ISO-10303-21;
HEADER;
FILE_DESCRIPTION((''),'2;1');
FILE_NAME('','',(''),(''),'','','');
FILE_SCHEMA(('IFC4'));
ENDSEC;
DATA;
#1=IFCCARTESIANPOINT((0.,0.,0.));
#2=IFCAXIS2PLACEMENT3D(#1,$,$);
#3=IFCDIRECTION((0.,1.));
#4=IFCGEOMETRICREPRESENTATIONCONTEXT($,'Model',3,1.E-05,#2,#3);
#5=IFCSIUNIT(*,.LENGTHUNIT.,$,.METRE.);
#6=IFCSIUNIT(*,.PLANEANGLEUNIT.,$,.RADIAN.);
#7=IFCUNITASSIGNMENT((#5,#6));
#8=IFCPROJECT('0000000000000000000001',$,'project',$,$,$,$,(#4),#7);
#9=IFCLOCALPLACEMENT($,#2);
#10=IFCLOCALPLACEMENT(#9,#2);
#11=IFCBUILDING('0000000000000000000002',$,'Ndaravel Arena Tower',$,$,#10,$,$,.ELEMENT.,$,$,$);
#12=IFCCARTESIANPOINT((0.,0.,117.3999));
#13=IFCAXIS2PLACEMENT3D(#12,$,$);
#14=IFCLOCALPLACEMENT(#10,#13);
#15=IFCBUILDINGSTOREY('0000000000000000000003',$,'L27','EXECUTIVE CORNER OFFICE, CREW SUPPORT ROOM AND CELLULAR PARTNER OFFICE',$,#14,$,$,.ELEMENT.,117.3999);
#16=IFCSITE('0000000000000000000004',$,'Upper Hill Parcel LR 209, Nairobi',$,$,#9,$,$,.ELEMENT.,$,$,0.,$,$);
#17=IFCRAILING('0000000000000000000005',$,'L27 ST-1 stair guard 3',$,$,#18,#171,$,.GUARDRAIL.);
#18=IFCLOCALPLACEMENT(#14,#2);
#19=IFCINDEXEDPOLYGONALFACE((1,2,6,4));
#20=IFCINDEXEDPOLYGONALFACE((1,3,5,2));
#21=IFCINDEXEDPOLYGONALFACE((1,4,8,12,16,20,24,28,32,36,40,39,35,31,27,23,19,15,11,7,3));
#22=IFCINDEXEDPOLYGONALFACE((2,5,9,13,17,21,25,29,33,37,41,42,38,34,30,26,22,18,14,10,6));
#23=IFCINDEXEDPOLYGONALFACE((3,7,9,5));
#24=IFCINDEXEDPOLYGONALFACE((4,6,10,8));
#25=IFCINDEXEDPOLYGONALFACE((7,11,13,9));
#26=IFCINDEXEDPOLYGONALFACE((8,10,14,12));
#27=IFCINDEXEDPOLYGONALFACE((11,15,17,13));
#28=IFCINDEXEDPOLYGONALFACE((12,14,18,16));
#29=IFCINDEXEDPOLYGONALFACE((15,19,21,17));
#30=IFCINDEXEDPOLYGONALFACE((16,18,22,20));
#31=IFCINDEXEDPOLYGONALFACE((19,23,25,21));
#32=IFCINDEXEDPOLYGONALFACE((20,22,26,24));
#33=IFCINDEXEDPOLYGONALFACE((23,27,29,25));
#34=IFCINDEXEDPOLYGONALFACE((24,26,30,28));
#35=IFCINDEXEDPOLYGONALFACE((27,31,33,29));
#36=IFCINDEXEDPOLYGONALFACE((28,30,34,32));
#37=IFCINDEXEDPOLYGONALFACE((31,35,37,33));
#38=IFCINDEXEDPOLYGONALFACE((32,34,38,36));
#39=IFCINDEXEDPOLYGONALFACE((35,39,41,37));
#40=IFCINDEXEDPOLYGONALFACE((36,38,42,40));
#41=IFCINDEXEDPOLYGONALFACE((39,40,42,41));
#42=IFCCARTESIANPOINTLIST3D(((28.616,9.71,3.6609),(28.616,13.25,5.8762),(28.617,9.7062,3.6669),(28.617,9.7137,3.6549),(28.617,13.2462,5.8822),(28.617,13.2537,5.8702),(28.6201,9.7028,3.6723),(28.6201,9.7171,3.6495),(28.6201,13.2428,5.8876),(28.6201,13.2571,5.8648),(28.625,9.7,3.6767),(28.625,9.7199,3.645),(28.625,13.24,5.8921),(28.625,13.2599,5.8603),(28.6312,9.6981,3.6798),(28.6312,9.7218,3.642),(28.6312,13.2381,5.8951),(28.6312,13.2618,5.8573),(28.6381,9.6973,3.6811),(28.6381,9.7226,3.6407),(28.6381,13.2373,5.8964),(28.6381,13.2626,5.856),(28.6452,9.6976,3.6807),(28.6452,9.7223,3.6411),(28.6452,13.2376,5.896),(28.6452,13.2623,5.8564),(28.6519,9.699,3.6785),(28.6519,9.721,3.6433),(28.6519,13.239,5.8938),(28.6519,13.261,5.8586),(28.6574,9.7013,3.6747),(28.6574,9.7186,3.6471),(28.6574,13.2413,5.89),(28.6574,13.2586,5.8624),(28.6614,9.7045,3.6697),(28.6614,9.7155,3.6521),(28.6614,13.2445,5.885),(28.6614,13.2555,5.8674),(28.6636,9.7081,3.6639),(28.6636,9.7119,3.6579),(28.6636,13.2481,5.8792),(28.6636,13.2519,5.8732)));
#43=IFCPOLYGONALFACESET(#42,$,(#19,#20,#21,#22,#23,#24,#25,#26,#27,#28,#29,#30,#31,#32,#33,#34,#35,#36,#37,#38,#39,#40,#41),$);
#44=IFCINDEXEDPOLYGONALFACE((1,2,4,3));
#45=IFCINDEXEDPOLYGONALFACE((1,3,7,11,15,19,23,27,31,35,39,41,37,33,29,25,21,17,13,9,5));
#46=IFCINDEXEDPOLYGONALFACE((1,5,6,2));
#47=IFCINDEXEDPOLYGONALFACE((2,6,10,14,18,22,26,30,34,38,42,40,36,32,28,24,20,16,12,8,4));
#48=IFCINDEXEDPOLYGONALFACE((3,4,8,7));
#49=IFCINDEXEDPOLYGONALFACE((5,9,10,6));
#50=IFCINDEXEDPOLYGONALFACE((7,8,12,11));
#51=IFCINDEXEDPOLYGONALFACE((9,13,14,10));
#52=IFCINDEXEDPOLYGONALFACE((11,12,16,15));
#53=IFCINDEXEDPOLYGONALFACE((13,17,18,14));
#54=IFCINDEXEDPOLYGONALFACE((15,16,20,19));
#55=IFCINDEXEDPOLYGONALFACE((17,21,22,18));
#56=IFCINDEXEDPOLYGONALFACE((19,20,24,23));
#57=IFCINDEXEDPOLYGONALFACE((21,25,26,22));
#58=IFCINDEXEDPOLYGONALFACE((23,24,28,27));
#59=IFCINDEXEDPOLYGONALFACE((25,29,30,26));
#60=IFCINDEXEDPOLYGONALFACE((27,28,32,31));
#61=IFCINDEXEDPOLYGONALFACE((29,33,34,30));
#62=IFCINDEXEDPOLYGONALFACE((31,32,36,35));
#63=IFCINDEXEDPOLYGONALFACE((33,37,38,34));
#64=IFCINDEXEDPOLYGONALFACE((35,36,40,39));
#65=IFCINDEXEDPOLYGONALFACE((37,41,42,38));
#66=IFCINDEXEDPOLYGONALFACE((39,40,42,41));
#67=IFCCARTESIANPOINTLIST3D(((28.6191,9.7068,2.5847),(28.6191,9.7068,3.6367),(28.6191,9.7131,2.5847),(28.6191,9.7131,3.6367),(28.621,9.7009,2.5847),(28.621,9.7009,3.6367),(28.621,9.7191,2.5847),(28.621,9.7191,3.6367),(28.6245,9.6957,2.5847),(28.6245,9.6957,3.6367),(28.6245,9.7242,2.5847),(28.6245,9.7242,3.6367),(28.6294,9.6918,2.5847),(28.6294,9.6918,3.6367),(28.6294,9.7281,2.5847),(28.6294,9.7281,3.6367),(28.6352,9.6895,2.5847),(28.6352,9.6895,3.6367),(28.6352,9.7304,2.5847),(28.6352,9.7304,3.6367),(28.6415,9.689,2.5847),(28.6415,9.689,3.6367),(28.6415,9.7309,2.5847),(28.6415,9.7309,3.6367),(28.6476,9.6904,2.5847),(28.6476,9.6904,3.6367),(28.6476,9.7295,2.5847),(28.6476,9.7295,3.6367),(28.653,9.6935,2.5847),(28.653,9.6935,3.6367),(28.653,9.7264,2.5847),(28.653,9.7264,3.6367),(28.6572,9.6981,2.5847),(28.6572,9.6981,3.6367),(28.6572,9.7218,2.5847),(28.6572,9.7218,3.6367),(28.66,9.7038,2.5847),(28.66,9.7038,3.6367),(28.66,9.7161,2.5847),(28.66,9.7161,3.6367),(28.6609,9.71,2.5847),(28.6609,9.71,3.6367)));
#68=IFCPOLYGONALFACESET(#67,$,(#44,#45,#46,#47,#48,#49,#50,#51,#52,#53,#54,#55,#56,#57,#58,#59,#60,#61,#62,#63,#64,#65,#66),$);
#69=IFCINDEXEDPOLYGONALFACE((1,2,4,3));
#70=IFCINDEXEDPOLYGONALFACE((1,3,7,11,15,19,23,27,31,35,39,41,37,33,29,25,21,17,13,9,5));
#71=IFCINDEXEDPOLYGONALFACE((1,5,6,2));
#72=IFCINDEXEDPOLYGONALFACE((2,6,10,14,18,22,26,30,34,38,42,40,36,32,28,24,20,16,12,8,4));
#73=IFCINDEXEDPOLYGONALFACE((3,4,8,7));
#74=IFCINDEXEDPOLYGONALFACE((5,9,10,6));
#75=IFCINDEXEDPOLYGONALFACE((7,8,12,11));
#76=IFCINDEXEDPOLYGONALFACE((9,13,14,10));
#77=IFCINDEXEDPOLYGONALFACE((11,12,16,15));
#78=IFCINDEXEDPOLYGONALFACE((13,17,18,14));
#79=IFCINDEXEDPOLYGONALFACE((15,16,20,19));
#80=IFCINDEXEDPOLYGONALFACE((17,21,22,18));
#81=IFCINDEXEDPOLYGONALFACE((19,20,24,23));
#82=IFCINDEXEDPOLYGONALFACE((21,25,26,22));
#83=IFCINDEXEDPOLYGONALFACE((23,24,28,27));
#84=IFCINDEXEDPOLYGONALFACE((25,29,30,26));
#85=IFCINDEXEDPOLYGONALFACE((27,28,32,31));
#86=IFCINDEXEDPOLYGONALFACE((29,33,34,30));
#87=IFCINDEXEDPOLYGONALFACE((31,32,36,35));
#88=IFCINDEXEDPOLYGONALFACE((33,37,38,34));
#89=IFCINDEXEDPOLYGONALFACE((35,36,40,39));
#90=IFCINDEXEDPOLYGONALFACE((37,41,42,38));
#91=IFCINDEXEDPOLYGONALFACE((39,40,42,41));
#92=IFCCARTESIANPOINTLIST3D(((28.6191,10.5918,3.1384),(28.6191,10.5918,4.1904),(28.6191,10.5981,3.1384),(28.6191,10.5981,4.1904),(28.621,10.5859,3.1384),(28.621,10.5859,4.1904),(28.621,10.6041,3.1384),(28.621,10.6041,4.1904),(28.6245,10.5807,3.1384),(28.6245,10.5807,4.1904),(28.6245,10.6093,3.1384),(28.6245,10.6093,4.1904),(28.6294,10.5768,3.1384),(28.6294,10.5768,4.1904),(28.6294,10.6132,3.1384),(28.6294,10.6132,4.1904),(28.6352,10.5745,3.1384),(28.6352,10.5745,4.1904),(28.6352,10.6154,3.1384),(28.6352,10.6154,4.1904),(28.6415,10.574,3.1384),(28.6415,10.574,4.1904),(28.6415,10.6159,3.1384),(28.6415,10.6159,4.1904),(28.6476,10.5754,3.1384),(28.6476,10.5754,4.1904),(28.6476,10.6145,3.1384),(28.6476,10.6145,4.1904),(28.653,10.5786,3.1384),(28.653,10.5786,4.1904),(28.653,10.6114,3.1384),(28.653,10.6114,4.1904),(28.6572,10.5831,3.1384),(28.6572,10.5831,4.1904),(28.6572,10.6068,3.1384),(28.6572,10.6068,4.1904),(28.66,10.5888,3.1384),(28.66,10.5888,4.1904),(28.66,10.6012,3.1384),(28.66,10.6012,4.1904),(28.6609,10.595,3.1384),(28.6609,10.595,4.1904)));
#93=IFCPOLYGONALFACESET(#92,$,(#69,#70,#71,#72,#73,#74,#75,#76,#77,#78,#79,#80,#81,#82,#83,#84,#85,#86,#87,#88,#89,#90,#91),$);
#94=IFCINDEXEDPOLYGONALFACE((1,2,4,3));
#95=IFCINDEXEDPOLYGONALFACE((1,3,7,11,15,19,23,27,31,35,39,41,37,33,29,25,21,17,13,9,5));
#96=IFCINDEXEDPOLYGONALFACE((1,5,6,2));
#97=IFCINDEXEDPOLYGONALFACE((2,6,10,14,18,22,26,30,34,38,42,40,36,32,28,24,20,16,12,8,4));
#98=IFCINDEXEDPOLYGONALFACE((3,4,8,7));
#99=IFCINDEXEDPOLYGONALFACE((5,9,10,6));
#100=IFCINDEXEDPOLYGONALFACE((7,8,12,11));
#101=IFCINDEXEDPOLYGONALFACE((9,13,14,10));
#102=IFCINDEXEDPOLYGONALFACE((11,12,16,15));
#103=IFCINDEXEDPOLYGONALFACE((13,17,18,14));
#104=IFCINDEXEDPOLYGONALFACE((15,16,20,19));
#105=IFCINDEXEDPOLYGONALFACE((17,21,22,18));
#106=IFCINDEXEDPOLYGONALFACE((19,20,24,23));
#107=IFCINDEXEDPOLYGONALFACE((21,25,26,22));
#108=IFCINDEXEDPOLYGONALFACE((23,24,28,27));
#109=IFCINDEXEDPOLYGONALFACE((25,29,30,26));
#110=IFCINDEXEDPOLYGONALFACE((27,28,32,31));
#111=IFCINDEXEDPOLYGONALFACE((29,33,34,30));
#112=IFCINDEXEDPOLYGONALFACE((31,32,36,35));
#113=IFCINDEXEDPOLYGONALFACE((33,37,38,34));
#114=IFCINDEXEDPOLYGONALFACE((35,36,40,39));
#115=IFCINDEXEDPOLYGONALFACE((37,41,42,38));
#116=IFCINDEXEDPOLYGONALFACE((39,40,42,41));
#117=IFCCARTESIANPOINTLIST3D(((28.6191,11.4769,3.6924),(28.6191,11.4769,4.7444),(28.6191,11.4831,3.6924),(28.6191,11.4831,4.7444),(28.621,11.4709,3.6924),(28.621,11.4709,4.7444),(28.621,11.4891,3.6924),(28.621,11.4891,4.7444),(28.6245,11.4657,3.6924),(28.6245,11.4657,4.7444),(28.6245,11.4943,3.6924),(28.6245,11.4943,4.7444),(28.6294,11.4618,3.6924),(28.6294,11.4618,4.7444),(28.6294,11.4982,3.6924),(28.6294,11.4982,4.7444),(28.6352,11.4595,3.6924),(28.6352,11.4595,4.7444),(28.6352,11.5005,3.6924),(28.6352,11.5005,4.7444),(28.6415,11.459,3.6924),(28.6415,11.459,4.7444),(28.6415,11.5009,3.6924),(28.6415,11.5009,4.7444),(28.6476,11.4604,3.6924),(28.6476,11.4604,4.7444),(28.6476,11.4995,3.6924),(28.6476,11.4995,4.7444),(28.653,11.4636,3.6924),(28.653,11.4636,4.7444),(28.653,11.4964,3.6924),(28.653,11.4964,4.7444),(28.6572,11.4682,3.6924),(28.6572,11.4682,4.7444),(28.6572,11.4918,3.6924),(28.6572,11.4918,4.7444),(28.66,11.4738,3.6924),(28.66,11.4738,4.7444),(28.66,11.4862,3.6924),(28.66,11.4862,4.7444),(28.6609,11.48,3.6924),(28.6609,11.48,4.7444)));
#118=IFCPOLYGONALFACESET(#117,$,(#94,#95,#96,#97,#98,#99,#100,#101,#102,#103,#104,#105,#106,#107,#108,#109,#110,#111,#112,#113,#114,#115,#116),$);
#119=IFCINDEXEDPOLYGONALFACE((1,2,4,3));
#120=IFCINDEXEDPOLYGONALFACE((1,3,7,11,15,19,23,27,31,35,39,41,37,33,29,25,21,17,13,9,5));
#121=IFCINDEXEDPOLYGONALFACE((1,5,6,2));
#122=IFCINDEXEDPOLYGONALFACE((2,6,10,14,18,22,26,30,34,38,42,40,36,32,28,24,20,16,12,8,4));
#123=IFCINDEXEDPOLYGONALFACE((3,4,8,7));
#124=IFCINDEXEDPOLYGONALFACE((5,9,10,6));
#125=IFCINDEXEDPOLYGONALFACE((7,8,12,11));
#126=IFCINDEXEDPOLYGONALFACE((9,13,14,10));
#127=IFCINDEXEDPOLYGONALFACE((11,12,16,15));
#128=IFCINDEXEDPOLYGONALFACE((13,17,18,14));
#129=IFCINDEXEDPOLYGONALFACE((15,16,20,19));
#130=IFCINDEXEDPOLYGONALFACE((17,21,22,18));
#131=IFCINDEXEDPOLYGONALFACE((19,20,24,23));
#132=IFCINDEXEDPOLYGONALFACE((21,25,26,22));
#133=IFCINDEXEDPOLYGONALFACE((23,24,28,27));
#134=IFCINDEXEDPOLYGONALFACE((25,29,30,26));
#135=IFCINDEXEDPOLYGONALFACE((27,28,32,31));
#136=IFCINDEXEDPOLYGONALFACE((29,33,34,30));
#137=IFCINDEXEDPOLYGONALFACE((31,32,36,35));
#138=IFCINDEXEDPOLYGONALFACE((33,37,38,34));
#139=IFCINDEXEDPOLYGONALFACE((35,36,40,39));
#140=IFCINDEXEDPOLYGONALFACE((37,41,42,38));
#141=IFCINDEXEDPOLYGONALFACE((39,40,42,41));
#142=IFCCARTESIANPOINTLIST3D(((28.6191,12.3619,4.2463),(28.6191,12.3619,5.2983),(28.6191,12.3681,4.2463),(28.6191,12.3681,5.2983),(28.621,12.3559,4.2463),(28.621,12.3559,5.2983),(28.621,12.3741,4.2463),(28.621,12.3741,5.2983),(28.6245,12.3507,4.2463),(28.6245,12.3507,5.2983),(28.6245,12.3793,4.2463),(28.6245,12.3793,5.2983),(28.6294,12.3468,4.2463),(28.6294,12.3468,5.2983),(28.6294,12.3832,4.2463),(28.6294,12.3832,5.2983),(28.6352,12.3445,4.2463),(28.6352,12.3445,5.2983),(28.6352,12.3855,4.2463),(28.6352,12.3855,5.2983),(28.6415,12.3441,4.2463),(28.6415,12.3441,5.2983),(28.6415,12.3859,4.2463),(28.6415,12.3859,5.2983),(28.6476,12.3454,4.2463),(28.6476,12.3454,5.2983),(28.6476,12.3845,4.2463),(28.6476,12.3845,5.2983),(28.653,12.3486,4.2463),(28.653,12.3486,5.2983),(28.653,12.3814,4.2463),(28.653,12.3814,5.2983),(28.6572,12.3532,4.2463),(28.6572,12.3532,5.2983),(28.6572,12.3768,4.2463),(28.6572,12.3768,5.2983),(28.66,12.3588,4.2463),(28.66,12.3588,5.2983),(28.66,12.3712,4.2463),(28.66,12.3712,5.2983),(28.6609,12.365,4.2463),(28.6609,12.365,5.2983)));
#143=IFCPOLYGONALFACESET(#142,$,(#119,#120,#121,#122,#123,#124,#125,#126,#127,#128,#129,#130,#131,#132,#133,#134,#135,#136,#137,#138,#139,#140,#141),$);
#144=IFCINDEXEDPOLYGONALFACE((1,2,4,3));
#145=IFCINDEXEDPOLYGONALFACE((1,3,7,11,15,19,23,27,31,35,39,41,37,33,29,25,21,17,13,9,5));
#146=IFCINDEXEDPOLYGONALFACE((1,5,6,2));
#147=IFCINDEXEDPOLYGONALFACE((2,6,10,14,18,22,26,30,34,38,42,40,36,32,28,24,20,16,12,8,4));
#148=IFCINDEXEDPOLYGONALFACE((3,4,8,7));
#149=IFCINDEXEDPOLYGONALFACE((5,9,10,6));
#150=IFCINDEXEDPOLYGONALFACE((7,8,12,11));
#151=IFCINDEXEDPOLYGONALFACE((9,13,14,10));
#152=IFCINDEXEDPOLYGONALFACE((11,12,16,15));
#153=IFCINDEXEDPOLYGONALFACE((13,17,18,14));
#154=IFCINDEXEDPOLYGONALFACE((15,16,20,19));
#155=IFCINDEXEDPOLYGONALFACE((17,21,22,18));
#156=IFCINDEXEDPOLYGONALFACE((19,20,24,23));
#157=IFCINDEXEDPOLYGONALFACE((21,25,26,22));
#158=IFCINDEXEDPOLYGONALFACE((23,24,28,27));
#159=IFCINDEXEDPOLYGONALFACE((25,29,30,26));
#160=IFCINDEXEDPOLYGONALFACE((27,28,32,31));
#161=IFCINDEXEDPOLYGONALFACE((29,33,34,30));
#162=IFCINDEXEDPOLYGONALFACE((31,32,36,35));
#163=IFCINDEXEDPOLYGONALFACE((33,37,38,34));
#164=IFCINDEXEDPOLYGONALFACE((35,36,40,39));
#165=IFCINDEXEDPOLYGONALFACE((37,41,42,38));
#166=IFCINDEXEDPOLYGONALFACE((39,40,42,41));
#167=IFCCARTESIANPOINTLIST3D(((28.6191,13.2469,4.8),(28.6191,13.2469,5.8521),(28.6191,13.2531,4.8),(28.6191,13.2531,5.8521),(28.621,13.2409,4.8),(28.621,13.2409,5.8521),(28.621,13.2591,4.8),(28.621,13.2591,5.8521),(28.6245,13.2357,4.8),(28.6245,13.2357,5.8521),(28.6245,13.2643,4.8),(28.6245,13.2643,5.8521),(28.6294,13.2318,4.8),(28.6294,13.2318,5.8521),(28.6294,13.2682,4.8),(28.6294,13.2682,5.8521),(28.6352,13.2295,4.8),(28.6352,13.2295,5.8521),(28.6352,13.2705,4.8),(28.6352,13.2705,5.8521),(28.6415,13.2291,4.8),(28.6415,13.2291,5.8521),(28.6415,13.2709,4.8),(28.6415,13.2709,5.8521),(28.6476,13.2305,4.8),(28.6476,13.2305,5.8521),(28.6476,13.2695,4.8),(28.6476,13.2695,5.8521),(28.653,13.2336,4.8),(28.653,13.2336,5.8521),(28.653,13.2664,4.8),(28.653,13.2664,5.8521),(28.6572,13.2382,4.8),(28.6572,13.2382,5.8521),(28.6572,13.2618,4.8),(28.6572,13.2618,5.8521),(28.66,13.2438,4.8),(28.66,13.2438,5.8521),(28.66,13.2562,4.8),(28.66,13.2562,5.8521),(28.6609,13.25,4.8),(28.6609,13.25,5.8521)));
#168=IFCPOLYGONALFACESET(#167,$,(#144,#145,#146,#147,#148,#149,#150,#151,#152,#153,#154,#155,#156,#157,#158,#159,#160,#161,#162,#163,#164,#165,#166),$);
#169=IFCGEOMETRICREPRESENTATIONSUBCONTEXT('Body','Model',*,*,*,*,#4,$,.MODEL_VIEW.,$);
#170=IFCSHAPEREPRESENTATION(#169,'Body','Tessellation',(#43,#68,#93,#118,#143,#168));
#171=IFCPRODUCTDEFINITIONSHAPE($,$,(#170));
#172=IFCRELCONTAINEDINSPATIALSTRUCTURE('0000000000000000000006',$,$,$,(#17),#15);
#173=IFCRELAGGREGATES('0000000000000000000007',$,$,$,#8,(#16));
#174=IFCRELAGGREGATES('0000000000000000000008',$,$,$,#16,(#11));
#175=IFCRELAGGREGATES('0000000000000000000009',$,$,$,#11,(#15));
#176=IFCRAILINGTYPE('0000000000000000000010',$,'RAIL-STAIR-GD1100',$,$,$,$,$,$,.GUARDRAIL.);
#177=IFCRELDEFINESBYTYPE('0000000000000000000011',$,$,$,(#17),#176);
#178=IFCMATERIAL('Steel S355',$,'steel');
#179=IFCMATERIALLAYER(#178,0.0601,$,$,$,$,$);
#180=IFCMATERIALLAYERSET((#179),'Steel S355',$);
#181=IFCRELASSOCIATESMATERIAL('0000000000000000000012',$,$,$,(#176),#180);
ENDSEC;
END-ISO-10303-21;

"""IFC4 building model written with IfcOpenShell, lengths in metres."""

from ifc_helpers import new_model, si_unit, direction, frame, origin, origin_2d, place, context, subcontext, project, spatial, circle, extrude, material, layer, layer_set, type_object, element, save


model = new_model("IFC4")

# Units and contexts
model_context = context("Model", 3, precision=1e-05, world=origin(), true_north=direction((0.0, 1.0)))
body_context = subcontext(model_context, "Body", "Model", "MODEL_VIEW")
ifc_project = project(units=[si_unit("LENGTHUNIT", "METRE"), si_unit("PLANEANGLEUNIT", "RADIAN")], contexts=[model_context])

# Site, building, storey
site_placement = place(None, origin())
site = spatial("IfcSite", under=ifc_project, at=site_placement, Name="Upper Hill Parcel LR 209, Nairobi", CompositionType="ELEMENT", RefElevation=0.0)
building_placement = place(site_placement, origin())
building = spatial("IfcBuilding", under=site, at=building_placement, Name="Ndaravel Arena Tower", CompositionType="ELEMENT")
storey_placement = place(building_placement, frame((0.0, 0.0, 117.3999)))
storey = spatial("IfcBuildingStorey", under=building, at=storey_placement, Name="L27", Description="EXECUTIVE CORNER OFFICE, CREW SUPPORT ROOM AND CELLULAR PARTNER OFFICE", CompositionType="ELEMENT", Elevation=117.3999)

# Railing
ifc_material_1 = material(Name="Steel S355", Category="steel")
ifc_layer_1 = layer(ifc_material_1, 0.0601)
ifc_layer_set_1 = layer_set([ifc_layer_1], Name="Steel S355")
railing_type_1 = type_object("IfcRailingType", Name="RAIL-STAIR-GD1100", PredefinedType="GUARDRAIL", material=ifc_layer_set_1)
railing_1_placement = place(storey_placement, frame((28.6399, 9.71, 2.5847)))
element("IfcRailing", 1, at=railing_1_placement, inside=storey, type_object=railing_type_1, Name="L27 ST-1 stair guard 3", PredefinedType="GUARDRAIL", context=body_context, shape_type="SweptSolid", body=[
    extrude(circle(Radius=0.0239, at=origin_2d()), frame((0.0, 0.0, 1.0762), z_axis=(0.0, 0.847696, 0.530482), x_axis=(-1.0, 0.0, 0.0)), (0.0, 0.0, 1.0), 4.176),
    extrude(circle(Radius=0.021, at=origin_2d()), origin(), (0.0, 0.0, 1.0), 1.052),
    extrude(circle(Radius=0.021, at=origin_2d()), frame((0.0, 0.885, 0.5537)), (0.0, 0.0, 1.0), 1.052),
    extrude(circle(Radius=0.021, at=origin_2d()), frame((0.0, 1.77, 1.1077)), (0.0, 0.0, 1.0), 1.052),
    extrude(circle(Radius=0.021, at=origin_2d()), frame((0.0, 2.655, 1.6616)), (0.0, 0.0, 1.0), 1.052),
    extrude(circle(Radius=0.021, at=origin_2d()), frame((0.0, 3.54, 2.2153)), (0.0, 0.0, 1.0), 1.052),
])

save(model, "model.ifc")
